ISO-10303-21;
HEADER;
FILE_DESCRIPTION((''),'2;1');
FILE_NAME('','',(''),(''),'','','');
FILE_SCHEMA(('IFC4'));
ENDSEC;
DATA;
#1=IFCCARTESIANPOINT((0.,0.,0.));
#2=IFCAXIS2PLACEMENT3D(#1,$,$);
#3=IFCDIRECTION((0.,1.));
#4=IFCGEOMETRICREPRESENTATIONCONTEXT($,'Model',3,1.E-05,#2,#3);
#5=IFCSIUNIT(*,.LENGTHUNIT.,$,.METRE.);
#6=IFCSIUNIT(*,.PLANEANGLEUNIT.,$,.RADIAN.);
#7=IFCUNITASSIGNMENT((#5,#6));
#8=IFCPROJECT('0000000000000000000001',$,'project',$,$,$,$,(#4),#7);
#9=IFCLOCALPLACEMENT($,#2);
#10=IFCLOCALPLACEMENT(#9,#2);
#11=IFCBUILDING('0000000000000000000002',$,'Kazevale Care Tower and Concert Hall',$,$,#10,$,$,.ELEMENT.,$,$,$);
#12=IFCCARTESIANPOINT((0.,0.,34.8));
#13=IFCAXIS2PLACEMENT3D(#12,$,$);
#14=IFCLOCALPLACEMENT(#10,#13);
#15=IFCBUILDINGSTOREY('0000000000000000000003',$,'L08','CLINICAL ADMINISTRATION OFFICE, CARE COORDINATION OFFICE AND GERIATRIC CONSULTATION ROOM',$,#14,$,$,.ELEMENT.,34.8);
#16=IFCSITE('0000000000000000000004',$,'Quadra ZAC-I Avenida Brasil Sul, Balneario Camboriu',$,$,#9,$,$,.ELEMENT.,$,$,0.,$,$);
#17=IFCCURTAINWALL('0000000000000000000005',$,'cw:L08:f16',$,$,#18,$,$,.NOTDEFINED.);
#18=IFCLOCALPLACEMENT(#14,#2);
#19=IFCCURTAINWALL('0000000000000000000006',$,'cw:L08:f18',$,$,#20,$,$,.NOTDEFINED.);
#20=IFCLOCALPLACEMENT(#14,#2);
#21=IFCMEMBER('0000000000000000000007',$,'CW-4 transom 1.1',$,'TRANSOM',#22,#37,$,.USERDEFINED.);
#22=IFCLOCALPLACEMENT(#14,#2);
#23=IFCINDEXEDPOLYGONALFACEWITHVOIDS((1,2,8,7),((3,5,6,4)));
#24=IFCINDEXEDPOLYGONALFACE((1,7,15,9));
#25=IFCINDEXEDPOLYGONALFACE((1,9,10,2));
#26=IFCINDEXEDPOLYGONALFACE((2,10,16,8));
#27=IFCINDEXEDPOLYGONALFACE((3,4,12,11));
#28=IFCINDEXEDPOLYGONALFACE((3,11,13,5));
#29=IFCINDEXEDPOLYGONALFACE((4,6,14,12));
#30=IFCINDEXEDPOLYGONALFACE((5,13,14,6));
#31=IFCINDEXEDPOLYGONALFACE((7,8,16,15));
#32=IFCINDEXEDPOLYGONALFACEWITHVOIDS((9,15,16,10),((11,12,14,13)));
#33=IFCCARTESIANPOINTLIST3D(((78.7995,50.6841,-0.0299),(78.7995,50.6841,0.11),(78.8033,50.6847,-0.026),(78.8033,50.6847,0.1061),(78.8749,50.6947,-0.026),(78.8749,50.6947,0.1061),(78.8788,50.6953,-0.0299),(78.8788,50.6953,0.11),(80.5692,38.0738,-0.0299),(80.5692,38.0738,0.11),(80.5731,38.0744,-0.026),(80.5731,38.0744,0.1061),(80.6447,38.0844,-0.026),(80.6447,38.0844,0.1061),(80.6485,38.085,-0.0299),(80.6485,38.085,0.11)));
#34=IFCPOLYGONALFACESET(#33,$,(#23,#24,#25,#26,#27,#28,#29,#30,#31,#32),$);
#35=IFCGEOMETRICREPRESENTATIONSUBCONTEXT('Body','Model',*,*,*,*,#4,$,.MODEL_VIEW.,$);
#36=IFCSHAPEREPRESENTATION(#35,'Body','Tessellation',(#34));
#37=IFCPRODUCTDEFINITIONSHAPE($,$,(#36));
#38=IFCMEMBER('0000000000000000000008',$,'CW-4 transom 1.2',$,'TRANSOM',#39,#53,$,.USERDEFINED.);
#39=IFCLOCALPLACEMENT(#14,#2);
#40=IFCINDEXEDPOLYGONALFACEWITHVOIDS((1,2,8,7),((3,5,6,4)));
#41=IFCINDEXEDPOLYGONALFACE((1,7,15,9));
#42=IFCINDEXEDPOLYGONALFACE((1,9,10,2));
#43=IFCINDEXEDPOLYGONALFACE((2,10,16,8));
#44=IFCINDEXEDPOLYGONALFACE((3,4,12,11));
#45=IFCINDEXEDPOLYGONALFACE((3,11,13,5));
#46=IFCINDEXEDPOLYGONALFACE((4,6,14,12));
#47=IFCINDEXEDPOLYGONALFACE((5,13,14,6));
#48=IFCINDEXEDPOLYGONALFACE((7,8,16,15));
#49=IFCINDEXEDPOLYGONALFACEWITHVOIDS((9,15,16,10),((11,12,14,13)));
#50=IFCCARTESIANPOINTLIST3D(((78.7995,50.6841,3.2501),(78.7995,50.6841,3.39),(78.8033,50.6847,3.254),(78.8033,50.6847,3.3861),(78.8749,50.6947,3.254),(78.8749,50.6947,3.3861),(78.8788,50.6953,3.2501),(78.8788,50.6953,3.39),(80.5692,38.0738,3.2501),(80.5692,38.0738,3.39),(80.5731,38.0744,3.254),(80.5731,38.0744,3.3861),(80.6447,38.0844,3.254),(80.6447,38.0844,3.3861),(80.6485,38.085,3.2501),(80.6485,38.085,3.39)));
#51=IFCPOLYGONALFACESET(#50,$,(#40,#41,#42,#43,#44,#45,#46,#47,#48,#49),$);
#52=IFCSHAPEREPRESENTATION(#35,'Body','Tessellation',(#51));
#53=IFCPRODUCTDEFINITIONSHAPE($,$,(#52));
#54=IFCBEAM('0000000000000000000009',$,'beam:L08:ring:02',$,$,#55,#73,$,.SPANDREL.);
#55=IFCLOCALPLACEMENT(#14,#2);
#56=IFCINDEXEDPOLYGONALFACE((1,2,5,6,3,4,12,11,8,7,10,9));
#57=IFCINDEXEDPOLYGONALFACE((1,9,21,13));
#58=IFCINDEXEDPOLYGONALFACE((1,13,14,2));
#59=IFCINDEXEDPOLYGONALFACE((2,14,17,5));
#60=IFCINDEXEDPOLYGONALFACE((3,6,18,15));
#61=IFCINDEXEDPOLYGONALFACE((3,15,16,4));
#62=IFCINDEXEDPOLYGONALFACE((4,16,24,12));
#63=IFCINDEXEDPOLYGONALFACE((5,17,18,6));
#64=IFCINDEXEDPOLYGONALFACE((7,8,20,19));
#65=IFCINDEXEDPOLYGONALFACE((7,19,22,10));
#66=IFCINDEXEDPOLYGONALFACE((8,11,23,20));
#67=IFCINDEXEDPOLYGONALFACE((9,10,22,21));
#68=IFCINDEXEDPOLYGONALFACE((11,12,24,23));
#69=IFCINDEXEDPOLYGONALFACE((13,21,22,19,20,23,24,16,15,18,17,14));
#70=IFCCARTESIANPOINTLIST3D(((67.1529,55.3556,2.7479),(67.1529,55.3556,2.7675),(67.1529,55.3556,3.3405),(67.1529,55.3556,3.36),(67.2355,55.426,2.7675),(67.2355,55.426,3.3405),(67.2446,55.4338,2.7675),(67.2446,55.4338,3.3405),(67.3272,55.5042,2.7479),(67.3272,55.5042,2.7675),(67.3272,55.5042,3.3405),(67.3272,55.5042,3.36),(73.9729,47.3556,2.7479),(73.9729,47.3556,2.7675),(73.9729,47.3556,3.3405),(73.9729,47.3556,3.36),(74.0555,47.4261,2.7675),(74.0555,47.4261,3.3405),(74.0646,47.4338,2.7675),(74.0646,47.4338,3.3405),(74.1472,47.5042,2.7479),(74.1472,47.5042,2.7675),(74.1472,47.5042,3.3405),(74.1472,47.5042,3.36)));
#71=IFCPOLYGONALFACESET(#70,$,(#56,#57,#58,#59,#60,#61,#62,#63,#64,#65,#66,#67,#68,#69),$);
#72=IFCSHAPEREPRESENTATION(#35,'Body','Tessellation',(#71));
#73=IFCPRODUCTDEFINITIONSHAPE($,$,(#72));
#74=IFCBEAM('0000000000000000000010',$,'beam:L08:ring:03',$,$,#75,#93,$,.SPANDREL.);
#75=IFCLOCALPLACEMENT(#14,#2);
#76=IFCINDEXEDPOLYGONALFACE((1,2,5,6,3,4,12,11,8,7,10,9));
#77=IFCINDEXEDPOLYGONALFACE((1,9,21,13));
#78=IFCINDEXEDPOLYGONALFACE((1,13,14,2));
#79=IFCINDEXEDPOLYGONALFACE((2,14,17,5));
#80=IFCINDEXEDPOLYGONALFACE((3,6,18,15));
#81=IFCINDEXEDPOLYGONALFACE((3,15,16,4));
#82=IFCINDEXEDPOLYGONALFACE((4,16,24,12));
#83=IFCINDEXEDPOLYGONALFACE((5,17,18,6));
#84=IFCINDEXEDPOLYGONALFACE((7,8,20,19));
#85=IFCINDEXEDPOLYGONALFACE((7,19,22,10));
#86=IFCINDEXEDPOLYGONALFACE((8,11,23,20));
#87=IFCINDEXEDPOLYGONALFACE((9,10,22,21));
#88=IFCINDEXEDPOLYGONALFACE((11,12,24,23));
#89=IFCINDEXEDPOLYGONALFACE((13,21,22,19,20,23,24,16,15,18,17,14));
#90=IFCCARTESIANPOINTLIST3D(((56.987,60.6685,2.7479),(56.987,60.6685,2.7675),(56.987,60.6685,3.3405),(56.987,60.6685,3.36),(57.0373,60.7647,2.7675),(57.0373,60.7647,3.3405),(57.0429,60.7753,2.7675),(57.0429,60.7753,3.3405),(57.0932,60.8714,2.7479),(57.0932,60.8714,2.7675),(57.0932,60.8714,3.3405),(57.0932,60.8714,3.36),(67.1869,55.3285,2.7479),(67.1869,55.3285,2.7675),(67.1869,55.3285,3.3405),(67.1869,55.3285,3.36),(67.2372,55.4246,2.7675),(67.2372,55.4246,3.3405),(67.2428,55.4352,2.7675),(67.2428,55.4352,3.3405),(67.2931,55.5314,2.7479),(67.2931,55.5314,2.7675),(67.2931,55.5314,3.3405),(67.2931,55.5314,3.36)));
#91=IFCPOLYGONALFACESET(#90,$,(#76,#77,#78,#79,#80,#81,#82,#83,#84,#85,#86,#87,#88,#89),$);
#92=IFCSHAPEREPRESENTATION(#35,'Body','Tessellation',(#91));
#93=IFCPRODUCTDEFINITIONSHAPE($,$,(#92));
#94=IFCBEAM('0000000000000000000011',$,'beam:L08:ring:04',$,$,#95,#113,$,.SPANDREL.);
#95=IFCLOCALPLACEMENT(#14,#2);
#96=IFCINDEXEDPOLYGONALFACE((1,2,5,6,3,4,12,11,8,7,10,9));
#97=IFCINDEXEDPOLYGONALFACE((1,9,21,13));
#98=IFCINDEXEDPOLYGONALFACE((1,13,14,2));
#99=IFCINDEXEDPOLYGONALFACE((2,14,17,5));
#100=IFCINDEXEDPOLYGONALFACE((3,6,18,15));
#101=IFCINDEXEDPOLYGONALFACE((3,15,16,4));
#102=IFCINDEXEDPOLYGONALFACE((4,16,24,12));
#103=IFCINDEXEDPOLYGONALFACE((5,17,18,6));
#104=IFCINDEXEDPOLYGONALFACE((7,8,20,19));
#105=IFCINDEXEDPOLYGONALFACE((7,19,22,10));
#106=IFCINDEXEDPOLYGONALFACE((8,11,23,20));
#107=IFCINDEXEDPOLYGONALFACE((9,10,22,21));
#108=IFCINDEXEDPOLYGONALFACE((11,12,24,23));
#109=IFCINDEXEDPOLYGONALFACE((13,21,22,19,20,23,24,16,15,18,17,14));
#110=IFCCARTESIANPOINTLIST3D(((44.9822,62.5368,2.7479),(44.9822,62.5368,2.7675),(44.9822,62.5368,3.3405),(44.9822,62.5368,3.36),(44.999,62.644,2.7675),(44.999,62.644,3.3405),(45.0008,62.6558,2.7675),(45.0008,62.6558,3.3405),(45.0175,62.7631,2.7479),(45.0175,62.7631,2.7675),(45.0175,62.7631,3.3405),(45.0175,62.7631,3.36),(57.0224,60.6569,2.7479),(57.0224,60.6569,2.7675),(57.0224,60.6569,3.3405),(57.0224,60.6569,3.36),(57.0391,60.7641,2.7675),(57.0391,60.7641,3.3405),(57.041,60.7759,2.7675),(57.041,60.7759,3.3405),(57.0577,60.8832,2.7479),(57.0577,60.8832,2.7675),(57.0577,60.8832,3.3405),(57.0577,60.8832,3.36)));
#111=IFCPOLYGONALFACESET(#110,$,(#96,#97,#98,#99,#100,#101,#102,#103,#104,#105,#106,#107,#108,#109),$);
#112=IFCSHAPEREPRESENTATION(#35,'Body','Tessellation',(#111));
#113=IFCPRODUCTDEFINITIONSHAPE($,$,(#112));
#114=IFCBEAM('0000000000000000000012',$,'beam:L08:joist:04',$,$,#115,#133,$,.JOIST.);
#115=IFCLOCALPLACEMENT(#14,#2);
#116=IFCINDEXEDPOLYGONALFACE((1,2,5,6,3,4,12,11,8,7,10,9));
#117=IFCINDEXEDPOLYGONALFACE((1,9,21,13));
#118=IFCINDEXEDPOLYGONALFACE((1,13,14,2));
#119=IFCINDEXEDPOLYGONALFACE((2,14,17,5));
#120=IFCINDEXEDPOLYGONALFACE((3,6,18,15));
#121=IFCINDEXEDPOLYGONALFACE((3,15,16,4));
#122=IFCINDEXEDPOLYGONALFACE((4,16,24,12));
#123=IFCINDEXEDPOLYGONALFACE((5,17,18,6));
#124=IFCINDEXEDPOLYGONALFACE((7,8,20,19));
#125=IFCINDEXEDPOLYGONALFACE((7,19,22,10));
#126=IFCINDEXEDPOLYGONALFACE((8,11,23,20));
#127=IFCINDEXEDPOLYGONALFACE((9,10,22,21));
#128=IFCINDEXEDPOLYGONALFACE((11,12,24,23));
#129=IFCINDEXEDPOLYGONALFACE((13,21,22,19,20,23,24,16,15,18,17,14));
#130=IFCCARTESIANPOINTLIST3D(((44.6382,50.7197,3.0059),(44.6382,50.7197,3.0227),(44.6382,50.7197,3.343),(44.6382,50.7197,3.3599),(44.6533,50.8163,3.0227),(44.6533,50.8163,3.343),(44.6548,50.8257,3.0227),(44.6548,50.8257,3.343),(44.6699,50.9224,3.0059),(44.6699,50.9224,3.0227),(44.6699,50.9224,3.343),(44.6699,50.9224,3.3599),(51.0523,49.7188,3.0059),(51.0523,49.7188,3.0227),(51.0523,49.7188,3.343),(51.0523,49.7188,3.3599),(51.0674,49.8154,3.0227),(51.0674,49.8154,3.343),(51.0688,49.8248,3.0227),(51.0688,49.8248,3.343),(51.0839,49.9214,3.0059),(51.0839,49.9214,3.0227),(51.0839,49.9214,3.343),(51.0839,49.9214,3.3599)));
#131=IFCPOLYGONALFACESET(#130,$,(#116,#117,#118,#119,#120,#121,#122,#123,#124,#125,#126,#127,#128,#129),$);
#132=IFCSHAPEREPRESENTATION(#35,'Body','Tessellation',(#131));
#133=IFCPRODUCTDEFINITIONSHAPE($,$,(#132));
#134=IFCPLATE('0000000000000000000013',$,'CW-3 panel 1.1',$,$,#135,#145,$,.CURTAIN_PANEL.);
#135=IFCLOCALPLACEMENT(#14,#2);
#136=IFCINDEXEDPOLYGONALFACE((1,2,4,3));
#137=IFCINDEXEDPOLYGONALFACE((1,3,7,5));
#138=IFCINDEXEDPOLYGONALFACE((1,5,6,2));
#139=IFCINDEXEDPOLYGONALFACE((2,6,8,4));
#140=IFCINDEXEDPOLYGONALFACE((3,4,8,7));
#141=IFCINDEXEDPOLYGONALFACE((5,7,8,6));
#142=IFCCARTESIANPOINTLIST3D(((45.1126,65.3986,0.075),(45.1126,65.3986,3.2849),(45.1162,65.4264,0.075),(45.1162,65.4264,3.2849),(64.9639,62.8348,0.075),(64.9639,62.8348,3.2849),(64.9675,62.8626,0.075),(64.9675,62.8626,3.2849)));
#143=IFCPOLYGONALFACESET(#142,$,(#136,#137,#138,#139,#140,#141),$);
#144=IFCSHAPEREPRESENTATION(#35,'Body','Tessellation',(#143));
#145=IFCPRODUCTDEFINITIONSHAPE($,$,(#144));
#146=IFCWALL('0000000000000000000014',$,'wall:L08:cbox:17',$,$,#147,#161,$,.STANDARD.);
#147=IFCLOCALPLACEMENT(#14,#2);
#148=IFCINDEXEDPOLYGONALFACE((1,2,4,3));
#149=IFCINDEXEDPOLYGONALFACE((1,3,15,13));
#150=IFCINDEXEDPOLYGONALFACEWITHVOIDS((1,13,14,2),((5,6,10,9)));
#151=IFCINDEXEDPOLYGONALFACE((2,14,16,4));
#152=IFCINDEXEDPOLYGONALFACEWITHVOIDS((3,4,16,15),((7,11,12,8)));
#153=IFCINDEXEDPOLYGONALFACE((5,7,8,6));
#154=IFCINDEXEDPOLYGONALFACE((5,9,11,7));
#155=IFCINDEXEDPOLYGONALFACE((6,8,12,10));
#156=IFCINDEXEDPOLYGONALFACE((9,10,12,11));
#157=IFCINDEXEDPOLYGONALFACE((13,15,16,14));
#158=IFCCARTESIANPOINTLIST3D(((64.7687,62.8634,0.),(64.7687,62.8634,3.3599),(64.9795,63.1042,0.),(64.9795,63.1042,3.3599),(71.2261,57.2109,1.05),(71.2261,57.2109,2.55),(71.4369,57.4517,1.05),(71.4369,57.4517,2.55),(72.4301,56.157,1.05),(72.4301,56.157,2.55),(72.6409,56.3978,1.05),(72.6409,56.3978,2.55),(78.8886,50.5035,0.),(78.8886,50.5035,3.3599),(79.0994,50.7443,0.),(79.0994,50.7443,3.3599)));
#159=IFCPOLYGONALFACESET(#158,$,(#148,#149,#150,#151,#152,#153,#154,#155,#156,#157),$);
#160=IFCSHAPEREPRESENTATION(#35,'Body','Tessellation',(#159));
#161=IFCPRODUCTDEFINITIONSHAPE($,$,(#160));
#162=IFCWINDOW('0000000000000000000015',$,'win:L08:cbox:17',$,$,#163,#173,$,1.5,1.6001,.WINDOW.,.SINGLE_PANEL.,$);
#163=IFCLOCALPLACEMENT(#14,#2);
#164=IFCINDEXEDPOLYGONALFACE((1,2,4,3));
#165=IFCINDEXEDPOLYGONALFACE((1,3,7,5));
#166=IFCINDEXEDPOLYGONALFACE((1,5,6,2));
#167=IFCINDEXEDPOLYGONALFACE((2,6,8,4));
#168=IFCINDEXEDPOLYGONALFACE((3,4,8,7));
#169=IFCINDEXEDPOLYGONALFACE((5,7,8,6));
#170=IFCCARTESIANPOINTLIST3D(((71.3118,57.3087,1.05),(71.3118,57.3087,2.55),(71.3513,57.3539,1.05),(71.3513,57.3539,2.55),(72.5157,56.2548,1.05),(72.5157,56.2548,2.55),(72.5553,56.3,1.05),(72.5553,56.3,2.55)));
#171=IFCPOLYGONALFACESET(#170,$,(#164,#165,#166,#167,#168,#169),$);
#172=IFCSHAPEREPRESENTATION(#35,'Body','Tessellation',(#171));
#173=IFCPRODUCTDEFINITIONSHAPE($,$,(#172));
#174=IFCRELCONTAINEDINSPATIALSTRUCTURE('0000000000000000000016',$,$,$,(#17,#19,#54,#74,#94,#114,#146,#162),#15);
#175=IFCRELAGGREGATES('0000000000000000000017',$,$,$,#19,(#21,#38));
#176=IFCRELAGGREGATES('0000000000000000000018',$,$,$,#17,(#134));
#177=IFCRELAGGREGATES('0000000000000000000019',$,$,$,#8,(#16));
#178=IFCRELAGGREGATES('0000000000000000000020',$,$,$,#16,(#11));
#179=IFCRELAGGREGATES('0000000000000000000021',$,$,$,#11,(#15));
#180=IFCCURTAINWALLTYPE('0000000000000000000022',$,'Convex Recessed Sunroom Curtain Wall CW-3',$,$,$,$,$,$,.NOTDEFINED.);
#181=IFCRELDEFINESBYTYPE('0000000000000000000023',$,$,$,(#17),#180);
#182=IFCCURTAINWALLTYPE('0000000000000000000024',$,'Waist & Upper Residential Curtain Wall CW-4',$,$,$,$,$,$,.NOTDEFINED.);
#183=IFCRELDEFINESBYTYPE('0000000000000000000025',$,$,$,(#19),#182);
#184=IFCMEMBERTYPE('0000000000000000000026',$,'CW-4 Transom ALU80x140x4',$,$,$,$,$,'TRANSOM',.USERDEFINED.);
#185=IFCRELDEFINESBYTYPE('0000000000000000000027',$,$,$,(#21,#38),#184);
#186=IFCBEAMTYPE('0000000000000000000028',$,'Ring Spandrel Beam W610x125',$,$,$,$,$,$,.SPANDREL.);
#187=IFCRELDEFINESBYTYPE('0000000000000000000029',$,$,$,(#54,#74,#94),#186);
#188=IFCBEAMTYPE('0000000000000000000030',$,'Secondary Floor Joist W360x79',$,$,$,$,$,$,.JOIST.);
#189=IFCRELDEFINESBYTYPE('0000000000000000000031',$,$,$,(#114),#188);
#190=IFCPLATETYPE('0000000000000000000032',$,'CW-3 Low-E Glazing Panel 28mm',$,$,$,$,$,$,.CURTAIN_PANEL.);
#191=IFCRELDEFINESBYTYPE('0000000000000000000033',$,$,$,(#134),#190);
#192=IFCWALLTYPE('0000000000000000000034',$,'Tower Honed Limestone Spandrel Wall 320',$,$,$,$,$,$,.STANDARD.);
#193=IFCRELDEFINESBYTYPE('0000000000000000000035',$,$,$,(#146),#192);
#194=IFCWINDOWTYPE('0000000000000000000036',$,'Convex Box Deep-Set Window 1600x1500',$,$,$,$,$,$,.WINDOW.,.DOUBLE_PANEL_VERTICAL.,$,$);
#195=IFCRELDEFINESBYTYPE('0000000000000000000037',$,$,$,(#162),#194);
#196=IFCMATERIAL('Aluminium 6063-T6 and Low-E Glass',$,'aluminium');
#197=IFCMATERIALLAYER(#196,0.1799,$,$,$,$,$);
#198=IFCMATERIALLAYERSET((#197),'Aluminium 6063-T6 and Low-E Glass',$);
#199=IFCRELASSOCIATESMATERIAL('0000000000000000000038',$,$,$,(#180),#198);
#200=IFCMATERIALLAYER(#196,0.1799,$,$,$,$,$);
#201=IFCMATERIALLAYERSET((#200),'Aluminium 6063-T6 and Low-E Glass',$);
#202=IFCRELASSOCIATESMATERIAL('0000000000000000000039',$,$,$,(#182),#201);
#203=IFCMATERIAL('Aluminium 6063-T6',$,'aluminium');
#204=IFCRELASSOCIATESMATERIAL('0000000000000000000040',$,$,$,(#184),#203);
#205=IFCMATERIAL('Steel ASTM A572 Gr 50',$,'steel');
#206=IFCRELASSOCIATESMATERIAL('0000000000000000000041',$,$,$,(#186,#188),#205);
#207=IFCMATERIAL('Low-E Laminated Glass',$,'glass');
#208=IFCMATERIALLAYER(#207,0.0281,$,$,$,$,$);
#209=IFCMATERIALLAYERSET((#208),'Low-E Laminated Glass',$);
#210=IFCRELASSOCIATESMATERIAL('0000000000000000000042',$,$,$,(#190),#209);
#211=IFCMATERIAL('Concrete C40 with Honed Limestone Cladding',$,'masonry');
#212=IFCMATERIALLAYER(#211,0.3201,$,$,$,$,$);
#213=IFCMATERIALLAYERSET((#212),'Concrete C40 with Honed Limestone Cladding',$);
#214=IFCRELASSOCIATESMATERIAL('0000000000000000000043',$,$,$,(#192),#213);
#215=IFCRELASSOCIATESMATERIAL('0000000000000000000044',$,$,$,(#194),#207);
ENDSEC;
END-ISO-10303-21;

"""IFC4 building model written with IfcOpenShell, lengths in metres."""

from ifc_helpers import new_model, si_unit, direction, frame, frame_2d, origin, origin_2d, place, context, subcontext, project, spatial, rectangle, hollow_rectangle, i_section, extrude, material, layer, layer_set, material_profile, profile_set, type_object, element, fill, aggregate, save


model = new_model("IFC4")

# Units and contexts
model_context = context("Model", 3, precision=1e-05, world=origin(), true_north=direction((0.0, 1.0)))
body_context = subcontext(model_context, "Body", "Model", "MODEL_VIEW")
ifc_project = project(units=[si_unit("LENGTHUNIT", "METRE"), si_unit("PLANEANGLEUNIT", "RADIAN")], contexts=[model_context])

# Site, building, storey
site_placement = place(None, origin())
site = spatial("IfcSite", under=ifc_project, at=site_placement, Name="Quadra ZAC-I Avenida Brasil Sul, Balneario Camboriu", CompositionType="ELEMENT", RefElevation=0.0)
building_placement = place(site_placement, origin())
building = spatial("IfcBuilding", under=site, at=building_placement, Name="Kazevale Care Tower and Concert Hall", CompositionType="ELEMENT")
storey_placement = place(building_placement, frame((0.0, 0.0, 34.8)))
storey = spatial("IfcBuildingStorey", under=building, at=storey_placement, Name="L08", Description="CLINICAL ADMINISTRATION OFFICE, CARE COORDINATION OFFICE AND GERIATRIC CONSULTATION ROOM", CompositionType="ELEMENT", Elevation=34.8)

# Curtain wall
ifc_material_1 = material(Name="Aluminium 6063-T6 and Low-E Glass", Category="aluminium")
ifc_layer_1 = layer(ifc_material_1, 0.1799)
ifc_layer_set_1 = layer_set([ifc_layer_1], Name="Aluminium 6063-T6 and Low-E Glass")
curtain_wall_type_1 = type_object("IfcCurtainWallType", Name="Convex Recessed Sunroom Curtain Wall CW-3", PredefinedType="NOTDEFINED", material=ifc_layer_set_1)
curtain_wall_1_placement = place(storey_placement, origin())
curtain_wall_1 = element("IfcCurtainWall", 1, at=curtain_wall_1_placement, inside=storey, type_object=curtain_wall_type_1, Name="cw:L08:f16", PredefinedType="NOTDEFINED")
ifc_material_2 = material(Name="Aluminium 6063-T6", Category="aluminium")

# Curtain wall, members
ifc_layer_2 = layer(ifc_material_1, 0.1799)
ifc_layer_set_2 = layer_set([ifc_layer_2], Name="Aluminium 6063-T6 and Low-E Glass")
curtain_wall_type_2 = type_object("IfcCurtainWallType", Name="Waist & Upper Residential Curtain Wall CW-4", PredefinedType="NOTDEFINED", material=ifc_layer_set_2)
curtain_wall_2_placement = place(storey_placement, origin())
curtain_wall_2 = element("IfcCurtainWall", 2, at=curtain_wall_2_placement, inside=storey, type_object=curtain_wall_type_2, Name="cw:L08:f18", PredefinedType="NOTDEFINED")
ifc_material_profile_1 = material_profile(ifc_material_2, hollow_rectangle(XDim=0.0801, YDim=0.1399, WallThickness=0.0039, at=origin_2d()), Name="ALU80x140x4")
ifc_profile_set_1 = profile_set([ifc_material_profile_1], Name="Aluminium 6063-T6")
member_type_1 = type_object("IfcMemberType", Name="CW-4 Transom ALU80x140x4", ElementType="TRANSOM", PredefinedType="USERDEFINED", material=ifc_profile_set_1)
member_1_placement = place(storey_placement, frame((78.8391, 50.6897, 0.04), z_axis=(0.138981, -0.990295, 0.0), x_axis=(0.990295, 0.138981, 0.0)))
member_1 = element("IfcMember", 3, at=member_1_placement, type_object=member_type_1, Name="CW-4 transom 1.1", ObjectType="TRANSOM", PredefinedType="USERDEFINED", context=body_context, shape_type="SweptSolid", body=[
    extrude(hollow_rectangle(XDim=0.0801, YDim=0.1399, WallThickness=0.0039, at=origin_2d()), origin(), (0.0, 0.0, 1.0), 12.7339),
])
member_2_placement = place(storey_placement, frame((78.8391, 50.6897, 3.3201), z_axis=(0.138981, -0.990295, 0.0), x_axis=(0.990295, 0.138981, 0.0)))
member_2 = element("IfcMember", 4, at=member_2_placement, type_object=member_type_1, Name="CW-4 transom 1.2", ObjectType="TRANSOM", PredefinedType="USERDEFINED", context=body_context, shape_type="SweptSolid", body=[
    extrude(hollow_rectangle(XDim=0.0801, YDim=0.1399, WallThickness=0.0039, at=origin_2d()), origin(), (0.0, 0.0, 1.0), 12.7339),
])
aggregate(curtain_wall_2, [member_1, member_2])

# Beams
ifc_material_3 = material(Name="Steel ASTM A572 Gr 50", Category="steel")
ifc_material_profile_2 = material_profile(ifc_material_3, i_section(OverallWidth=0.229, OverallDepth=0.6121, WebThickness=0.012, FlangeThickness=0.0195, at=origin_2d()), Name="W610x125")
ifc_profile_set_2 = profile_set([ifc_material_profile_2], Name="Steel ASTM A572 Gr 50")
beam_type_1 = type_object("IfcBeamType", Name="Ring Spandrel Beam W610x125", PredefinedType="SPANDREL", material=ifc_profile_set_2)
beam_1_placement = place(storey_placement, frame((74.0601, 47.4299, 3.054), z_axis=(-0.648756, 0.760996, 0.0), x_axis=(-0.760996, -0.648756, 0.0)))
element("IfcBeam", 5, at=beam_1_placement, inside=storey, type_object=beam_type_1, Name="beam:L08:ring:02", PredefinedType="SPANDREL", context=body_context, shape_type="SweptSolid", body=[
    extrude(i_section(OverallWidth=0.229, OverallDepth=0.6121, WebThickness=0.012, FlangeThickness=0.0195, at=origin_2d()), origin(), (0.0, 0.0, 1.0), 10.5125),
])
beam_2_placement = place(storey_placement, frame((67.24, 55.4299, 3.054), z_axis=(-0.885929, 0.46382, 0.0), x_axis=(-0.46382, -0.885929, 0.0)))
element("IfcBeam", 6, at=beam_2_placement, inside=storey, type_object=beam_type_1, Name="beam:L08:ring:03", PredefinedType="SPANDREL", context=body_context, shape_type="SweptSolid", body=[
    extrude(i_section(OverallWidth=0.229, OverallDepth=0.6121, WebThickness=0.012, FlangeThickness=0.0195, at=origin_2d()), origin(), (0.0, 0.0, 1.0), 11.5132),
])
beam_3_placement = place(storey_placement, frame((57.04, 60.77, 3.054), z_axis=(-0.988029, 0.154267, 0.0), x_axis=(-0.154267, -0.988029, 0.0)))
element("IfcBeam", 7, at=beam_3_placement, inside=storey, type_object=beam_type_1, Name="beam:L08:ring:04", PredefinedType="SPANDREL", context=body_context, shape_type="SweptSolid", body=[
    extrude(i_section(OverallWidth=0.229, OverallDepth=0.6121, WebThickness=0.012, FlangeThickness=0.0195, at=origin_2d()), origin(), (0.0, 0.0, 1.0), 12.186),
])
ifc_material_profile_3 = material_profile(ifc_material_3, i_section(OverallWidth=0.2051, OverallDepth=0.354, WebThickness=0.0095, FlangeThickness=0.0168, at=origin_2d()), Name="W360x79")
ifc_profile_set_3 = profile_set([ifc_material_profile_3], Name="Steel ASTM A572 Gr 50")
beam_type_2 = type_object("IfcBeamType", Name="Secondary Floor Joist W360x79", PredefinedType="JOIST", material=ifc_profile_set_3)
beam_4_placement = place(storey_placement, frame((51.0681, 49.8201, 3.1829), z_axis=(-0.988041, 0.154193, 0.0), x_axis=(-0.154193, -0.988041, 0.0)))
element("IfcBeam", 8, at=beam_4_placement, inside=storey, type_object=beam_type_2, Name="beam:L08:joist:04", PredefinedType="JOIST", context=body_context, shape_type="SweptSolid", body=[
    extrude(i_section(OverallWidth=0.2051, OverallDepth=0.354, WebThickness=0.0095, FlangeThickness=0.0168, at=origin_2d()), origin(), (0.0, 0.0, 1.0), 6.4917),
])

# Plate
ifc_material_4 = material(Name="Low-E Laminated Glass", Category="glass")
ifc_layer_3 = layer(ifc_material_4, 0.0281)
ifc_layer_set_3 = layer_set([ifc_layer_3], Name="Low-E Laminated Glass")
plate_type = type_object("IfcPlateType", Name="CW-3 Low-E Glazing Panel 28mm", PredefinedType="CURTAIN_PANEL", material=ifc_layer_set_3)
plate_placement = place(storey_placement, frame((55.04, 64.1306, 0.075), z_axis=(0.0, 0.0, 1.0), x_axis=(0.991763, -0.128086, 0.0)))
plate = element("IfcPlate", 9, at=plate_placement, type_object=plate_type, Name="CW-3 panel 1.1", PredefinedType="CURTAIN_PANEL", context=body_context, shape_type="SweptSolid", body=[
    extrude(rectangle(XDim=20.0161, YDim=0.0281, at=origin_2d()), origin(), (0.0, 0.0, 1.0), 3.21),
])
aggregate(curtain_wall_1, [plate])

# Wall, opening, window
ifc_material_5 = material(Name="Concrete C40 with Honed Limestone Cladding", Category="masonry")
ifc_layer_4 = layer(ifc_material_5, 0.3201)
ifc_layer_set_4 = layer_set([ifc_layer_4], Name="Concrete C40 with Honed Limestone Cladding")
wall_type = type_object("IfcWallType", Name="Tower Honed Limestone Spandrel Wall 320", PredefinedType="STANDARD", material=ifc_layer_set_4)
wall_placement = place(storey_placement, frame((64.874, 62.9839, 0.0), z_axis=(0.0, 0.0, 1.0), x_axis=(0.752445, -0.658655, 0.0)))
wall = element("IfcWall", 10, at=wall_placement, inside=storey, type_object=wall_type, Name="wall:L08:cbox:17", PredefinedType="STANDARD", context=body_context, shape_type="SweptSolid", body=[
    extrude(rectangle(XDim=18.7654, YDim=0.3201, at=frame_2d((9.3828, 0.0))), origin(), (0.0, 0.0, 1.0), 3.3599),
])
opening_placement = place(wall_placement, frame((8.582, 0.0, 1.05)))
opening = element("IfcOpeningElement", 11, at=opening_placement, cuts=wall, PredefinedType="OPENING", context=body_context, shape_type="SweptSolid", body=[
    extrude(rectangle(XDim=1.6001, YDim=1.5, at=frame_2d((0.8, 0.75))), frame((0.0, 0.1699, 0.0), z_axis=(0.0, -1.0, 0.0), x_axis=(1.0, 0.0, 0.0)), (0.0, 0.0, 1.0), 0.3401),
])
window_type = type_object("IfcWindowType", Name="Convex Box Deep-Set Window 1600x1500", PartitioningType="DOUBLE_PANEL_VERTICAL", PredefinedType="WINDOW", material=ifc_material_4)
window_placement = place(opening_placement, origin())
window = element("IfcWindow", 12, at=window_placement, inside=storey, type_object=window_type, Name="win:L08:cbox:17", OverallHeight=1.5, OverallWidth=1.6001, PartitioningType="SINGLE_PANEL", PredefinedType="WINDOW", context=body_context, shape_type="SweptSolid", body=[
    extrude(rectangle(XDim=1.6001, YDim=1.5, at=frame_2d((0.8, 0.75))), frame((0.0, 0.03, 0.0), z_axis=(0.0, -1.0, 0.0), x_axis=(1.0, 0.0, 0.0)), (0.0, 0.0, 1.0), 0.0601),
])
fill(opening, window)

save(model, "model.ifc")
